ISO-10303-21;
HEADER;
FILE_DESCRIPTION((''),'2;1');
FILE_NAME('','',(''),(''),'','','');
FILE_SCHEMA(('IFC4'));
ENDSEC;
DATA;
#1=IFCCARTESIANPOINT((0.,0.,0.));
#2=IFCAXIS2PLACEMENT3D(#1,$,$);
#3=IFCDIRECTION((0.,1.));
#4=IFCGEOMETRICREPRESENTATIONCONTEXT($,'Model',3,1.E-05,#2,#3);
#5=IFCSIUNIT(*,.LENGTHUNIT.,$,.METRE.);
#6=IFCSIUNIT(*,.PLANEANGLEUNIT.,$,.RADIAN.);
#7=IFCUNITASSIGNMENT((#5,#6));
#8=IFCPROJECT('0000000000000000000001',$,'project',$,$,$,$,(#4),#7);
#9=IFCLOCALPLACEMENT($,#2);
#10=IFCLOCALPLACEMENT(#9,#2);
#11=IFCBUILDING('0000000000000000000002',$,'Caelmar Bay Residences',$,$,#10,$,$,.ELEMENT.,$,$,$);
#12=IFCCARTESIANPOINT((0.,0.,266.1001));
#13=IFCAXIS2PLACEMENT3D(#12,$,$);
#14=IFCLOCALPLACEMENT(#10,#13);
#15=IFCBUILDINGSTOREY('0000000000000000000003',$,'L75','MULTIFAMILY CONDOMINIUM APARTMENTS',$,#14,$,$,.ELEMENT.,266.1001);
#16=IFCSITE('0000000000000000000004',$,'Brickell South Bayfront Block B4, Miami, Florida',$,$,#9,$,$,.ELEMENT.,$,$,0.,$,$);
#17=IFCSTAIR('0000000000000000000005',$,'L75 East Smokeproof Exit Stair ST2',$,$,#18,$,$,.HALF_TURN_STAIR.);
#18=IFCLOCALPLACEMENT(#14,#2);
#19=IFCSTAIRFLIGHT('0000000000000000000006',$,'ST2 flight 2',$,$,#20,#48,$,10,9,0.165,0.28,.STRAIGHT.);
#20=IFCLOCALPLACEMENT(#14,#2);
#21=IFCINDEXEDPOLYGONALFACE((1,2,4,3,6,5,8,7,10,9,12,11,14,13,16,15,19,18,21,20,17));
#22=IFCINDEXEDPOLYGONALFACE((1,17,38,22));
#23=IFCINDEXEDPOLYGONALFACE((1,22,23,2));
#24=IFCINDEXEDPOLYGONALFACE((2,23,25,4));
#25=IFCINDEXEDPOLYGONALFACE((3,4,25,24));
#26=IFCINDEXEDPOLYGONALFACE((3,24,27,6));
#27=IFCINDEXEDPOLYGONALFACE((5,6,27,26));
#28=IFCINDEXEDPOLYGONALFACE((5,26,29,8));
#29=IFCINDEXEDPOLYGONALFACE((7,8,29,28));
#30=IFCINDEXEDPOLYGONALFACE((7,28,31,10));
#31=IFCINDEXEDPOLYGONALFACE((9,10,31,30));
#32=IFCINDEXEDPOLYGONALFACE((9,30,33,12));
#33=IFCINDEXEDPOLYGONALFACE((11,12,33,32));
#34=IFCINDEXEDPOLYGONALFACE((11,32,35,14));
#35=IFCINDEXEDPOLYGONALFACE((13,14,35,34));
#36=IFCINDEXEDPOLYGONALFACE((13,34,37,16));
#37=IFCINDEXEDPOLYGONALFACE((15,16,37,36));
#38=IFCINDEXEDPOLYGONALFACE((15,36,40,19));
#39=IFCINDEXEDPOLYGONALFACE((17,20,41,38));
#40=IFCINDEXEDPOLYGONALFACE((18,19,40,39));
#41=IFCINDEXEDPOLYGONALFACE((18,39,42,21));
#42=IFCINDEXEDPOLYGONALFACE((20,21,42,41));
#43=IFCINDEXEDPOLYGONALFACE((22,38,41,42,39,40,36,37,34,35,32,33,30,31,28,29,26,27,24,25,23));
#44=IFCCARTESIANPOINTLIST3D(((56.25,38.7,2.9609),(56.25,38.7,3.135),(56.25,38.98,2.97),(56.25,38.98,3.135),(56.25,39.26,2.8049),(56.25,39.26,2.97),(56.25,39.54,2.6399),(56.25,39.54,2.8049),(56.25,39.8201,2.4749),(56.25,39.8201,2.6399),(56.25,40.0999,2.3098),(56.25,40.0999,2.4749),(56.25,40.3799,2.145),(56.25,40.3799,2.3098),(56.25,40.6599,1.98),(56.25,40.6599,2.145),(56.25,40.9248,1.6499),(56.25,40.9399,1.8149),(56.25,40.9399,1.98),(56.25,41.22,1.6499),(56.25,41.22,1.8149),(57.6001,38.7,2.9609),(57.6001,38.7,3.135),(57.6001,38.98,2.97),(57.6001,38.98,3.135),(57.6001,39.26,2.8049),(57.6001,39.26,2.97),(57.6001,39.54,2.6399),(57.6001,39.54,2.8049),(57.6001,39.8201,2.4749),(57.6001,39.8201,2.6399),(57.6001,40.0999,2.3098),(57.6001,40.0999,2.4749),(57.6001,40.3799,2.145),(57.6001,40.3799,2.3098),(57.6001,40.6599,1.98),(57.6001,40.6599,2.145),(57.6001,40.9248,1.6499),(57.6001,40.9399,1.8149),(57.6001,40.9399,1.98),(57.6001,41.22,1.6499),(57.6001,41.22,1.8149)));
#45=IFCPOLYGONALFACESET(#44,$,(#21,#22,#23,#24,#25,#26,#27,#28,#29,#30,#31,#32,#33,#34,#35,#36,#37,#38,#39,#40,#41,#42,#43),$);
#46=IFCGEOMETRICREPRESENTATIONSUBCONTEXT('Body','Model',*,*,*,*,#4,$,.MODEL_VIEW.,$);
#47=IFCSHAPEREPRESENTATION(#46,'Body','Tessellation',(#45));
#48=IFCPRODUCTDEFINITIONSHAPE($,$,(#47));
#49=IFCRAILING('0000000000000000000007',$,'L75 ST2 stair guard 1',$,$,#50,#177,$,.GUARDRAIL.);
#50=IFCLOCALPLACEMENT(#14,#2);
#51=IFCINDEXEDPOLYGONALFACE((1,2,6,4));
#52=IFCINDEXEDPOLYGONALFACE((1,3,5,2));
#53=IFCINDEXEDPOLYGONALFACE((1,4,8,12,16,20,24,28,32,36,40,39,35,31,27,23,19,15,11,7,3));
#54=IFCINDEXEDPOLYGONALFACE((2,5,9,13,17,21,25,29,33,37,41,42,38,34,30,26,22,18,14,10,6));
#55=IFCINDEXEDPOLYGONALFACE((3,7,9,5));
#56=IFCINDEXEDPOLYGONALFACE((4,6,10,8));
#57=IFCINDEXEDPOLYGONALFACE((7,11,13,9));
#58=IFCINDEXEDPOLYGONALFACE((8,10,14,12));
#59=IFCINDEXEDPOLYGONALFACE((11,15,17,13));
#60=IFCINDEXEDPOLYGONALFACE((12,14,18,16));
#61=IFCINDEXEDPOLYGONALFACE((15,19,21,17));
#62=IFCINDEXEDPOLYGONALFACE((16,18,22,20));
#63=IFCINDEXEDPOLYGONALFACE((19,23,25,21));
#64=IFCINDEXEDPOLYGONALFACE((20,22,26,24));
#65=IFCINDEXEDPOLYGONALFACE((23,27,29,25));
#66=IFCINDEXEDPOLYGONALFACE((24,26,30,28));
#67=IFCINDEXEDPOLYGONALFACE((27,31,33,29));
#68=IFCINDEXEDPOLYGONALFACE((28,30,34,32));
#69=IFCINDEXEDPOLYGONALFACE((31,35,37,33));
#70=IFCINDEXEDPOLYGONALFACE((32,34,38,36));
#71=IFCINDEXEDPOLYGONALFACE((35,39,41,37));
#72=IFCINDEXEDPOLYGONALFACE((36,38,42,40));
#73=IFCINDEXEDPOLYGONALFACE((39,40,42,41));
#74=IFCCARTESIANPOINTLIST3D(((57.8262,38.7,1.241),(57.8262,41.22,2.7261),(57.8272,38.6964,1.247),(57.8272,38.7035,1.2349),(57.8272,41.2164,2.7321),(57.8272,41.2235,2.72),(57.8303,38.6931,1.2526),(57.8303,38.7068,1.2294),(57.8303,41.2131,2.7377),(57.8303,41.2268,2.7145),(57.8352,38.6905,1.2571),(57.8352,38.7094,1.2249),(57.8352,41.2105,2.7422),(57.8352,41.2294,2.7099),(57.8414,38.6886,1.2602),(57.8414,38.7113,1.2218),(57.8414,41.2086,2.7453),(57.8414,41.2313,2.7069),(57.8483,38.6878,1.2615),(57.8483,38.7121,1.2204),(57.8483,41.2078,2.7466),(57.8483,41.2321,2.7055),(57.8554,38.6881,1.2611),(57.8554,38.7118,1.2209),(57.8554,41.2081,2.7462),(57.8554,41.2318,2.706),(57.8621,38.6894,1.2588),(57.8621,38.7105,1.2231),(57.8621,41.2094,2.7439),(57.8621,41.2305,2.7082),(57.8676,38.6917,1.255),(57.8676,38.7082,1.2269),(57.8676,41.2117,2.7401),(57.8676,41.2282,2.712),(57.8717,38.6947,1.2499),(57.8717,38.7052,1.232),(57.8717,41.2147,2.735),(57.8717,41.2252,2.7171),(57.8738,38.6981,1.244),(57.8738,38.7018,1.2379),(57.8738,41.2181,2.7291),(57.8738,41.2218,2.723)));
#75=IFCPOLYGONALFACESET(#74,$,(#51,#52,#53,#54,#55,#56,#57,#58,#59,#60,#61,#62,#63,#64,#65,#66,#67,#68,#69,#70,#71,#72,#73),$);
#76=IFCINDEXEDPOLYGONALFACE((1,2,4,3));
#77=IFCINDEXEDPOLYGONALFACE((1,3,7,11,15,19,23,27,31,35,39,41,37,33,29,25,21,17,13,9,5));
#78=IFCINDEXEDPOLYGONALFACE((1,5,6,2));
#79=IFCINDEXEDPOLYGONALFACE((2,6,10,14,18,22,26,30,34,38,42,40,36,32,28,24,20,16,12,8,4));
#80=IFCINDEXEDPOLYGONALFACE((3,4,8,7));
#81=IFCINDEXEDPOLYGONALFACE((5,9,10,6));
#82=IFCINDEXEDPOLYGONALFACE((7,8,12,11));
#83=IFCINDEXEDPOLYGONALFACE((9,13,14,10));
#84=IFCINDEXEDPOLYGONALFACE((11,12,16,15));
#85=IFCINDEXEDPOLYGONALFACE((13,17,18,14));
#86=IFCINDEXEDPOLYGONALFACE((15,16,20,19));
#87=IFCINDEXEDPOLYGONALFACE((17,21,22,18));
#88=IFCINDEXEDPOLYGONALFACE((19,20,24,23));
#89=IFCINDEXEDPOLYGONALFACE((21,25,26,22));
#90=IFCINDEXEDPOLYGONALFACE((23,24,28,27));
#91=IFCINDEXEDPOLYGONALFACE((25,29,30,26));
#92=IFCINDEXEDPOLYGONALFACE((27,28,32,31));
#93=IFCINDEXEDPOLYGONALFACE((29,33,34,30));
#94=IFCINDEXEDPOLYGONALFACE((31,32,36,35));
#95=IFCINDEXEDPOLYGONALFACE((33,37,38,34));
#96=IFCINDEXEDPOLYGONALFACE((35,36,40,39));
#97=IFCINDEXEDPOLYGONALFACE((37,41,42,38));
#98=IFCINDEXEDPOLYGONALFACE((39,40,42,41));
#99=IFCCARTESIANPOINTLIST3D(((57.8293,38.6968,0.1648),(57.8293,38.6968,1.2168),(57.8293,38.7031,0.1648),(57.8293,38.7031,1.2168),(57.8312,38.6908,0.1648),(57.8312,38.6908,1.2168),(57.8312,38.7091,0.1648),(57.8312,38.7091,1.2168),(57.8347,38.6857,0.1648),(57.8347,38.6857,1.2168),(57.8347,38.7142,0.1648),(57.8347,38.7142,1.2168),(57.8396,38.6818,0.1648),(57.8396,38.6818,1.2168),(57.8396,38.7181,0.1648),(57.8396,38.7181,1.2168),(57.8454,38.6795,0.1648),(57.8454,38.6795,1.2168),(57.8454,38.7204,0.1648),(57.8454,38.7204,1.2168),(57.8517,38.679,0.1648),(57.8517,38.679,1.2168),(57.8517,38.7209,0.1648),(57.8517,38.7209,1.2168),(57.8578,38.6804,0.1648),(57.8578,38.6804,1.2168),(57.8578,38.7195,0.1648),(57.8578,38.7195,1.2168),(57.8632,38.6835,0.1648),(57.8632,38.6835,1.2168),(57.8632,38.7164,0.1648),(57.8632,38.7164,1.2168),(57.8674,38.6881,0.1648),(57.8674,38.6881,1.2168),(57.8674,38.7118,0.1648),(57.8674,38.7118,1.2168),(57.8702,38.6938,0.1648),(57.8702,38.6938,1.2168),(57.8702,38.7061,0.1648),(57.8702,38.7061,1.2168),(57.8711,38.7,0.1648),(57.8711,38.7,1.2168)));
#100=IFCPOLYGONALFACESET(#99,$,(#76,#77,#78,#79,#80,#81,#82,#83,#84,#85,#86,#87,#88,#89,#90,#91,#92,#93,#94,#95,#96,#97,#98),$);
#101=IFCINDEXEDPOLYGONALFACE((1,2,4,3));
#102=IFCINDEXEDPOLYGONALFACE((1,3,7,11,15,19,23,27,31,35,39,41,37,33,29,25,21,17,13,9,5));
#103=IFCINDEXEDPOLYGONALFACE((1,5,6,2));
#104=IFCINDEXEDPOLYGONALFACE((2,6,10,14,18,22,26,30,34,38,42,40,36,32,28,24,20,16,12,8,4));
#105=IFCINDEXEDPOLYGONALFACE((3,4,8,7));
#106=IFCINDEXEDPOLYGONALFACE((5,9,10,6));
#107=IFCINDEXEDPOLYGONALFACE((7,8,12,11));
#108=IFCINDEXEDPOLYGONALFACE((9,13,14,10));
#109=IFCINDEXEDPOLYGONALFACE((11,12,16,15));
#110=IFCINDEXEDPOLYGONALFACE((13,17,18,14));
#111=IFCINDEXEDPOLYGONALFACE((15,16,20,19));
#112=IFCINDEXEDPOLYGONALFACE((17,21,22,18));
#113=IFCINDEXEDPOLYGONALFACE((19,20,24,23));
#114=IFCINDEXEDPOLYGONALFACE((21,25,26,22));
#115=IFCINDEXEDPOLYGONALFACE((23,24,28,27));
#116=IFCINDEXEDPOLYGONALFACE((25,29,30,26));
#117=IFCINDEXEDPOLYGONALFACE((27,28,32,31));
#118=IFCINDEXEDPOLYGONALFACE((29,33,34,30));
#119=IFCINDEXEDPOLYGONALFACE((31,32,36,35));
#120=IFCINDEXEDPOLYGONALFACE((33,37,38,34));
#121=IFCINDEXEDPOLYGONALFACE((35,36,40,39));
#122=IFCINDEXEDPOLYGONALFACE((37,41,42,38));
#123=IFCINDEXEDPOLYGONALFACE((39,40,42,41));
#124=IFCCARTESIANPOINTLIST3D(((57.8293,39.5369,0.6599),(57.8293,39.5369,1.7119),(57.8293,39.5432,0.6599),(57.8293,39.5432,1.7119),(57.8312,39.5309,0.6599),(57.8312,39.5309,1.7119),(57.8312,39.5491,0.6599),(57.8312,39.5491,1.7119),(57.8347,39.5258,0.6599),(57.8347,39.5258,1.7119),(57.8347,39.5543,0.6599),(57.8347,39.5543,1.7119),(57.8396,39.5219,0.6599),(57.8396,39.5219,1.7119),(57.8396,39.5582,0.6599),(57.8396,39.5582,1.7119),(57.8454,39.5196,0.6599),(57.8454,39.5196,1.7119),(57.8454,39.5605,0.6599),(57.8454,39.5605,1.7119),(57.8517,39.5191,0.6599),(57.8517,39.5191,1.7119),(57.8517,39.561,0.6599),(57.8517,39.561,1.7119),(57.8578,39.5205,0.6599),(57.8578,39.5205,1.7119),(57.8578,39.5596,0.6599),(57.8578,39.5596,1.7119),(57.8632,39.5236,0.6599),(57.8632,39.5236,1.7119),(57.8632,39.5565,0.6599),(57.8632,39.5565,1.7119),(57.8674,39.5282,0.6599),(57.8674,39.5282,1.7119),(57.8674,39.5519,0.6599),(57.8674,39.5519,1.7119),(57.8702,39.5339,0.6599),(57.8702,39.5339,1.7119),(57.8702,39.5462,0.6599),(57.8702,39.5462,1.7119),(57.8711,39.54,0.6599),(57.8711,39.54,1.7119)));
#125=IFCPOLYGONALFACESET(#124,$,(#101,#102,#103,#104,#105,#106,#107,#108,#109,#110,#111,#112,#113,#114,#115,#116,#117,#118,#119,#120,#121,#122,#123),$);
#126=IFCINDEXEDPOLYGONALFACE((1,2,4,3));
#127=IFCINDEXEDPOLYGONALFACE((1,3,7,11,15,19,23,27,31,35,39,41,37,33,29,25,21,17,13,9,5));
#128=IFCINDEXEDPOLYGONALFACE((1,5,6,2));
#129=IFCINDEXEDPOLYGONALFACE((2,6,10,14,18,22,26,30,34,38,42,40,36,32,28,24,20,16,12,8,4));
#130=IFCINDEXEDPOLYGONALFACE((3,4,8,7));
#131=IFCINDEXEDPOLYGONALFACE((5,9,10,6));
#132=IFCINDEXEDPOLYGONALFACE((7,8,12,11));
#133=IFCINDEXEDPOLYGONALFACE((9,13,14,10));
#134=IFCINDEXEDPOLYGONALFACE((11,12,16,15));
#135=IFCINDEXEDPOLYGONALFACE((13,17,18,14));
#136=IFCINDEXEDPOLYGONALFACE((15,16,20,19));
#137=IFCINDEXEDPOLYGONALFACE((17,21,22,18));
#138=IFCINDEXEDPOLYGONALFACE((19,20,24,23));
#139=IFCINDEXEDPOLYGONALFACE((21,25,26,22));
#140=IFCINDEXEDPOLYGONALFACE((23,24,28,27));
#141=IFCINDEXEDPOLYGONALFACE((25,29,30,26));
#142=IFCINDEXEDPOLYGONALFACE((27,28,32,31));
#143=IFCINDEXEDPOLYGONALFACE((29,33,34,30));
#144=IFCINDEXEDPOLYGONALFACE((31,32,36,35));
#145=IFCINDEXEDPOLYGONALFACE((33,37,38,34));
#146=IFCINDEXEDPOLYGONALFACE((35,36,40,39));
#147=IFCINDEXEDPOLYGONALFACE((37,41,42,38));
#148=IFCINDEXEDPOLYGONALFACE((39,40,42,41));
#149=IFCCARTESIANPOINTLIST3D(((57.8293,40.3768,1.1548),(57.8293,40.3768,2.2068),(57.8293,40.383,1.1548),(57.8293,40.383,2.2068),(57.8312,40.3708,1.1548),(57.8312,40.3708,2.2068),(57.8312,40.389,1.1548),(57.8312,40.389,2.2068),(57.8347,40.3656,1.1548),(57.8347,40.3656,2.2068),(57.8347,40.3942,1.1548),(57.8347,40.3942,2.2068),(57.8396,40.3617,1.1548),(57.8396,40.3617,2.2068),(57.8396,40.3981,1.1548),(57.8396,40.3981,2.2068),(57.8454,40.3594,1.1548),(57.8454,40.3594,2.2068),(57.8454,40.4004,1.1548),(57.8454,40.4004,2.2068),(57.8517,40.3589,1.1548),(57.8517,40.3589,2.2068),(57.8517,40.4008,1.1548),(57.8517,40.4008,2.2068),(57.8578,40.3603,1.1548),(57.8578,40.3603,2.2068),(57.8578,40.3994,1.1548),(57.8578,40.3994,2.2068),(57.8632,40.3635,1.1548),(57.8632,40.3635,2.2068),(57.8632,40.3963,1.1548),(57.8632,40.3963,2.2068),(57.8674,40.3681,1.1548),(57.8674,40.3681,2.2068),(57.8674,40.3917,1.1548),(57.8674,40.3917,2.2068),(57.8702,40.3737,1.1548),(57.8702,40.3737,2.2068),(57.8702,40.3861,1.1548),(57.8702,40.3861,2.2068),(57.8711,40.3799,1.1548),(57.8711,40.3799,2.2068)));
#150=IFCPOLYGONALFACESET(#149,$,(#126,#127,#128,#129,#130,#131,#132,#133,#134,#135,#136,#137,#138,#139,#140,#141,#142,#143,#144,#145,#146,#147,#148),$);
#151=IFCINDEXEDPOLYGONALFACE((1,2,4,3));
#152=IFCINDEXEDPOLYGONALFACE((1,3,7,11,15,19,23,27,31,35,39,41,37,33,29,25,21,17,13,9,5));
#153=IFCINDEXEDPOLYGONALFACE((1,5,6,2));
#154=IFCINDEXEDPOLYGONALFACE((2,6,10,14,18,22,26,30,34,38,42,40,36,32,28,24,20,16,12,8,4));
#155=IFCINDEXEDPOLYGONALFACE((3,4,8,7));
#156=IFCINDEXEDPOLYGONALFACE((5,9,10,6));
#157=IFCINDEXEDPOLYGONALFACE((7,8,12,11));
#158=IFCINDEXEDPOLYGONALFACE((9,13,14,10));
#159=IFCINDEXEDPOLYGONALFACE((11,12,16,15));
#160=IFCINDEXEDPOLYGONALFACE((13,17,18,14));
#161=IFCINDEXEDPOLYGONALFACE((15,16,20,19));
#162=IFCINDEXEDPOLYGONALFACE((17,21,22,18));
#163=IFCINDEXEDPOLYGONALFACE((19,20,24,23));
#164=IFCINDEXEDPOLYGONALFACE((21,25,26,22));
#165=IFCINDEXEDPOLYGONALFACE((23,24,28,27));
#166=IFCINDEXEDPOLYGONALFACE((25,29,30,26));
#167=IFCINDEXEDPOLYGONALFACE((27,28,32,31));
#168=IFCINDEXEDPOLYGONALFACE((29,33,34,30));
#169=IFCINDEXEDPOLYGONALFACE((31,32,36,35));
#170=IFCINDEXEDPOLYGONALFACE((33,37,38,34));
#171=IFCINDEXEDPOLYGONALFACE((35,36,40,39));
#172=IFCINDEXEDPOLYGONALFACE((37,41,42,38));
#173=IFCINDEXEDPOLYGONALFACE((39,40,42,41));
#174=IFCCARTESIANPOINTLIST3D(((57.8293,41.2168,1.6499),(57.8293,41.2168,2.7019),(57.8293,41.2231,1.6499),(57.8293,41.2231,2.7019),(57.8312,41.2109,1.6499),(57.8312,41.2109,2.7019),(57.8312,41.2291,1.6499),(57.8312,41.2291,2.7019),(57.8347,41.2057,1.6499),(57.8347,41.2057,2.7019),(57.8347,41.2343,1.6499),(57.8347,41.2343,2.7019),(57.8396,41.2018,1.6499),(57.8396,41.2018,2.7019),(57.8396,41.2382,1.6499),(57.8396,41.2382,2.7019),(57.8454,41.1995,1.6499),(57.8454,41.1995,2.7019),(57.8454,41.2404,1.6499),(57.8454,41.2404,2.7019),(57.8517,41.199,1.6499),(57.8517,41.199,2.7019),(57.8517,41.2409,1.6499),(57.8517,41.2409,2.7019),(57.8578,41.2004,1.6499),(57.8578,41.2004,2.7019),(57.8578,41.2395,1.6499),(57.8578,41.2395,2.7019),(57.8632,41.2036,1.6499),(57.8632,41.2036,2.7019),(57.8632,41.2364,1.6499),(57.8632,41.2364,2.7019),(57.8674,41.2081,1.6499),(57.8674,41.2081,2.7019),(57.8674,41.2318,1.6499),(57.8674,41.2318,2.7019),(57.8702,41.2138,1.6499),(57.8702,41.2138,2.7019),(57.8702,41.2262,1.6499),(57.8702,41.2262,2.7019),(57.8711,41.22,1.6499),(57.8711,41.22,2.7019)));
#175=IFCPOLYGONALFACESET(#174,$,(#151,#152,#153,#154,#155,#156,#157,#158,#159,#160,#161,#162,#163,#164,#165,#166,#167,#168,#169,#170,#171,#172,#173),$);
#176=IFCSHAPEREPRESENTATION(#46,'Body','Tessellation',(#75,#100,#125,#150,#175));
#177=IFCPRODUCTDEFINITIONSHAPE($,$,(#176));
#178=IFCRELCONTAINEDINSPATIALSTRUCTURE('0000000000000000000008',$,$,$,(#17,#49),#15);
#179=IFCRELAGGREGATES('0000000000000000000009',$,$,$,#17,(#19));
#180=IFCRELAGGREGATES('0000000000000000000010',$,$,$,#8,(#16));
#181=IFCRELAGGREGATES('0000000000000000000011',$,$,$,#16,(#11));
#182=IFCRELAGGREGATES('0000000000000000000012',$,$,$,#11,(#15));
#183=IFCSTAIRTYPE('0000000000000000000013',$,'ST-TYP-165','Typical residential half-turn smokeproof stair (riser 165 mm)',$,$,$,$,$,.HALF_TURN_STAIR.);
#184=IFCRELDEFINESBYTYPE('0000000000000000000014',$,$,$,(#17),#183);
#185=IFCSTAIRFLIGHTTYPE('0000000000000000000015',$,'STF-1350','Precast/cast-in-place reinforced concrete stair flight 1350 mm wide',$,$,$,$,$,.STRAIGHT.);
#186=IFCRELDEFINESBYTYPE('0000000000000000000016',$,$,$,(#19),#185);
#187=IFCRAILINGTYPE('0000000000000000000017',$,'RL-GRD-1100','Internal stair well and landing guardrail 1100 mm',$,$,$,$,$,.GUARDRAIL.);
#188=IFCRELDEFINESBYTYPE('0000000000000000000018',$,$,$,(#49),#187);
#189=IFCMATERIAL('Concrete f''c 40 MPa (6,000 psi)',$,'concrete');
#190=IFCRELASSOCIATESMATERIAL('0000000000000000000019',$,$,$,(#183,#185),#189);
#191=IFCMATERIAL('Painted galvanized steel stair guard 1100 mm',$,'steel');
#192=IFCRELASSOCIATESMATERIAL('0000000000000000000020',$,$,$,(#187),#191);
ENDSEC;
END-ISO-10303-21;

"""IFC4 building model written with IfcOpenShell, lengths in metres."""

from ifc_helpers import new_model, si_unit, direction, frame, origin, origin_2d, place, context, subcontext, project, spatial, polyline, circle, outline, extrude, material, type_object, element, aggregate, save


model = new_model("IFC4")

# Units and contexts
model_context = context("Model", 3, precision=1e-05, world=origin(), true_north=direction((0.0, 1.0)))
body_context = subcontext(model_context, "Body", "Model", "MODEL_VIEW")
ifc_project = project(units=[si_unit("LENGTHUNIT", "METRE"), si_unit("PLANEANGLEUNIT", "RADIAN")], contexts=[model_context])

# Site, building, storey
site_placement = place(None, origin())
site = spatial("IfcSite", under=ifc_project, at=site_placement, Name="Brickell South Bayfront Block B4, Miami, Florida", CompositionType="ELEMENT", RefElevation=0.0)
building_placement = place(site_placement, origin())
building = spatial("IfcBuilding", under=site, at=building_placement, Name="Caelmar Bay Residences", CompositionType="ELEMENT")
storey_placement = place(building_placement, frame((0.0, 0.0, 266.1001)))
storey = spatial("IfcBuildingStorey", under=building, at=storey_placement, Name="L75", Description="MULTIFAMILY CONDOMINIUM APARTMENTS", CompositionType="ELEMENT", Elevation=266.1001)

# Stair, stair flight
ifc_material_1 = material(Name="Concrete f'c 40 MPa (6,000 psi)", Category="concrete")
stair_type = type_object("IfcStairType", Name="ST-TYP-165", Description="Typical residential half-turn smokeproof stair (riser 165 mm)", PredefinedType="HALF_TURN_STAIR", material=ifc_material_1)
stair_placement = place(storey_placement, origin())
stair = element("IfcStair", 1, at=stair_placement, inside=storey, type_object=stair_type, Name="L75 East Smokeproof Exit Stair ST2", PredefinedType="HALF_TURN_STAIR")
stair_flight_type = type_object("IfcStairFlightType", Name="STF-1350", Description="Precast/cast-in-place reinforced concrete stair flight 1350 mm wide", PredefinedType="STRAIGHT", material=ifc_material_1)
stair_flight_1_placement = place(storey_placement, frame((56.925, 41.22, 1.6499), z_axis=(0.0, 0.0, 1.0), x_axis=(0.0, -1.0, 0.0)))
stair_flight_1 = element("IfcStairFlight", 2, at=stair_flight_1_placement, type_object=stair_flight_type, Name="ST2 flight 2", NumberOfRisers=10, NumberOfTreads=9, PredefinedType="STRAIGHT", RiserHeight=0.165, TreadLength=0.28, context=body_context, shape_type="SweptSolid", body=[
    extrude(outline(polyline([(0.0, 0.0), (0.0, 0.165), (0.28, 0.165), (0.28, 0.3301), (0.5601, 0.3301), (0.5601, 0.4951), (0.8401, 0.4951), (0.8401, 0.6599), (1.1201, 0.6599), (1.1201, 0.825), (1.3999, 0.825), (1.3999, 0.99), (1.6799, 0.99), (1.6799, 1.155), (1.96, 1.155), (1.96, 1.3201), (2.24, 1.3201), (2.24, 1.4851), (2.52, 1.4851), (2.52, 1.6499), (2.52, 1.311), (0.2952, 0.0), (0.0, 0.0)])), frame((0.0, 0.675, 0.0), z_axis=(0.0, -1.0, 0.0), x_axis=(1.0, 0.0, 0.0)), (0.0, 0.0, 1.0), 1.3501),
])
aggregate(stair, [stair_flight_1])

# Railing
ifc_material_2 = material(Name="Painted galvanized steel stair guard 1100 mm", Category="steel")
railing_type_1 = type_object("IfcRailingType", Name="RL-GRD-1100", Description="Internal stair well and landing guardrail 1100 mm", PredefinedType="GUARDRAIL", material=ifc_material_2)
railing_1_placement = place(storey_placement, frame((57.8501, 38.7, 0.1648)))
element("IfcRailing", 3, at=railing_1_placement, inside=storey, type_object=railing_type_1, Name="L75 ST2 stair guard 1", PredefinedType="GUARDRAIL", context=body_context, shape_type="SweptSolid", body=[
    extrude(circle(Radius=0.0239, at=origin_2d()), frame((0.0, 0.0, 1.0762), z_axis=(0.0, 0.861524, 0.507717), x_axis=(-1.0, 0.0, 0.0)), (0.0, 0.0, 1.0), 2.925),
    extrude(circle(Radius=0.021, at=origin_2d()), origin(), (0.0, 0.0, 1.0), 1.052),
    extrude(circle(Radius=0.021, at=origin_2d()), frame((0.0, 0.8401, 0.4951)), (0.0, 0.0, 1.0), 1.052),
    extrude(circle(Radius=0.021, at=origin_2d()), frame((0.0, 1.6799, 0.99)), (0.0, 0.0, 1.0), 1.052),
    extrude(circle(Radius=0.021, at=origin_2d()), frame((0.0, 2.52, 1.4851)), (0.0, 0.0, 1.0), 1.052),
])

save(model, "model.ifc")
